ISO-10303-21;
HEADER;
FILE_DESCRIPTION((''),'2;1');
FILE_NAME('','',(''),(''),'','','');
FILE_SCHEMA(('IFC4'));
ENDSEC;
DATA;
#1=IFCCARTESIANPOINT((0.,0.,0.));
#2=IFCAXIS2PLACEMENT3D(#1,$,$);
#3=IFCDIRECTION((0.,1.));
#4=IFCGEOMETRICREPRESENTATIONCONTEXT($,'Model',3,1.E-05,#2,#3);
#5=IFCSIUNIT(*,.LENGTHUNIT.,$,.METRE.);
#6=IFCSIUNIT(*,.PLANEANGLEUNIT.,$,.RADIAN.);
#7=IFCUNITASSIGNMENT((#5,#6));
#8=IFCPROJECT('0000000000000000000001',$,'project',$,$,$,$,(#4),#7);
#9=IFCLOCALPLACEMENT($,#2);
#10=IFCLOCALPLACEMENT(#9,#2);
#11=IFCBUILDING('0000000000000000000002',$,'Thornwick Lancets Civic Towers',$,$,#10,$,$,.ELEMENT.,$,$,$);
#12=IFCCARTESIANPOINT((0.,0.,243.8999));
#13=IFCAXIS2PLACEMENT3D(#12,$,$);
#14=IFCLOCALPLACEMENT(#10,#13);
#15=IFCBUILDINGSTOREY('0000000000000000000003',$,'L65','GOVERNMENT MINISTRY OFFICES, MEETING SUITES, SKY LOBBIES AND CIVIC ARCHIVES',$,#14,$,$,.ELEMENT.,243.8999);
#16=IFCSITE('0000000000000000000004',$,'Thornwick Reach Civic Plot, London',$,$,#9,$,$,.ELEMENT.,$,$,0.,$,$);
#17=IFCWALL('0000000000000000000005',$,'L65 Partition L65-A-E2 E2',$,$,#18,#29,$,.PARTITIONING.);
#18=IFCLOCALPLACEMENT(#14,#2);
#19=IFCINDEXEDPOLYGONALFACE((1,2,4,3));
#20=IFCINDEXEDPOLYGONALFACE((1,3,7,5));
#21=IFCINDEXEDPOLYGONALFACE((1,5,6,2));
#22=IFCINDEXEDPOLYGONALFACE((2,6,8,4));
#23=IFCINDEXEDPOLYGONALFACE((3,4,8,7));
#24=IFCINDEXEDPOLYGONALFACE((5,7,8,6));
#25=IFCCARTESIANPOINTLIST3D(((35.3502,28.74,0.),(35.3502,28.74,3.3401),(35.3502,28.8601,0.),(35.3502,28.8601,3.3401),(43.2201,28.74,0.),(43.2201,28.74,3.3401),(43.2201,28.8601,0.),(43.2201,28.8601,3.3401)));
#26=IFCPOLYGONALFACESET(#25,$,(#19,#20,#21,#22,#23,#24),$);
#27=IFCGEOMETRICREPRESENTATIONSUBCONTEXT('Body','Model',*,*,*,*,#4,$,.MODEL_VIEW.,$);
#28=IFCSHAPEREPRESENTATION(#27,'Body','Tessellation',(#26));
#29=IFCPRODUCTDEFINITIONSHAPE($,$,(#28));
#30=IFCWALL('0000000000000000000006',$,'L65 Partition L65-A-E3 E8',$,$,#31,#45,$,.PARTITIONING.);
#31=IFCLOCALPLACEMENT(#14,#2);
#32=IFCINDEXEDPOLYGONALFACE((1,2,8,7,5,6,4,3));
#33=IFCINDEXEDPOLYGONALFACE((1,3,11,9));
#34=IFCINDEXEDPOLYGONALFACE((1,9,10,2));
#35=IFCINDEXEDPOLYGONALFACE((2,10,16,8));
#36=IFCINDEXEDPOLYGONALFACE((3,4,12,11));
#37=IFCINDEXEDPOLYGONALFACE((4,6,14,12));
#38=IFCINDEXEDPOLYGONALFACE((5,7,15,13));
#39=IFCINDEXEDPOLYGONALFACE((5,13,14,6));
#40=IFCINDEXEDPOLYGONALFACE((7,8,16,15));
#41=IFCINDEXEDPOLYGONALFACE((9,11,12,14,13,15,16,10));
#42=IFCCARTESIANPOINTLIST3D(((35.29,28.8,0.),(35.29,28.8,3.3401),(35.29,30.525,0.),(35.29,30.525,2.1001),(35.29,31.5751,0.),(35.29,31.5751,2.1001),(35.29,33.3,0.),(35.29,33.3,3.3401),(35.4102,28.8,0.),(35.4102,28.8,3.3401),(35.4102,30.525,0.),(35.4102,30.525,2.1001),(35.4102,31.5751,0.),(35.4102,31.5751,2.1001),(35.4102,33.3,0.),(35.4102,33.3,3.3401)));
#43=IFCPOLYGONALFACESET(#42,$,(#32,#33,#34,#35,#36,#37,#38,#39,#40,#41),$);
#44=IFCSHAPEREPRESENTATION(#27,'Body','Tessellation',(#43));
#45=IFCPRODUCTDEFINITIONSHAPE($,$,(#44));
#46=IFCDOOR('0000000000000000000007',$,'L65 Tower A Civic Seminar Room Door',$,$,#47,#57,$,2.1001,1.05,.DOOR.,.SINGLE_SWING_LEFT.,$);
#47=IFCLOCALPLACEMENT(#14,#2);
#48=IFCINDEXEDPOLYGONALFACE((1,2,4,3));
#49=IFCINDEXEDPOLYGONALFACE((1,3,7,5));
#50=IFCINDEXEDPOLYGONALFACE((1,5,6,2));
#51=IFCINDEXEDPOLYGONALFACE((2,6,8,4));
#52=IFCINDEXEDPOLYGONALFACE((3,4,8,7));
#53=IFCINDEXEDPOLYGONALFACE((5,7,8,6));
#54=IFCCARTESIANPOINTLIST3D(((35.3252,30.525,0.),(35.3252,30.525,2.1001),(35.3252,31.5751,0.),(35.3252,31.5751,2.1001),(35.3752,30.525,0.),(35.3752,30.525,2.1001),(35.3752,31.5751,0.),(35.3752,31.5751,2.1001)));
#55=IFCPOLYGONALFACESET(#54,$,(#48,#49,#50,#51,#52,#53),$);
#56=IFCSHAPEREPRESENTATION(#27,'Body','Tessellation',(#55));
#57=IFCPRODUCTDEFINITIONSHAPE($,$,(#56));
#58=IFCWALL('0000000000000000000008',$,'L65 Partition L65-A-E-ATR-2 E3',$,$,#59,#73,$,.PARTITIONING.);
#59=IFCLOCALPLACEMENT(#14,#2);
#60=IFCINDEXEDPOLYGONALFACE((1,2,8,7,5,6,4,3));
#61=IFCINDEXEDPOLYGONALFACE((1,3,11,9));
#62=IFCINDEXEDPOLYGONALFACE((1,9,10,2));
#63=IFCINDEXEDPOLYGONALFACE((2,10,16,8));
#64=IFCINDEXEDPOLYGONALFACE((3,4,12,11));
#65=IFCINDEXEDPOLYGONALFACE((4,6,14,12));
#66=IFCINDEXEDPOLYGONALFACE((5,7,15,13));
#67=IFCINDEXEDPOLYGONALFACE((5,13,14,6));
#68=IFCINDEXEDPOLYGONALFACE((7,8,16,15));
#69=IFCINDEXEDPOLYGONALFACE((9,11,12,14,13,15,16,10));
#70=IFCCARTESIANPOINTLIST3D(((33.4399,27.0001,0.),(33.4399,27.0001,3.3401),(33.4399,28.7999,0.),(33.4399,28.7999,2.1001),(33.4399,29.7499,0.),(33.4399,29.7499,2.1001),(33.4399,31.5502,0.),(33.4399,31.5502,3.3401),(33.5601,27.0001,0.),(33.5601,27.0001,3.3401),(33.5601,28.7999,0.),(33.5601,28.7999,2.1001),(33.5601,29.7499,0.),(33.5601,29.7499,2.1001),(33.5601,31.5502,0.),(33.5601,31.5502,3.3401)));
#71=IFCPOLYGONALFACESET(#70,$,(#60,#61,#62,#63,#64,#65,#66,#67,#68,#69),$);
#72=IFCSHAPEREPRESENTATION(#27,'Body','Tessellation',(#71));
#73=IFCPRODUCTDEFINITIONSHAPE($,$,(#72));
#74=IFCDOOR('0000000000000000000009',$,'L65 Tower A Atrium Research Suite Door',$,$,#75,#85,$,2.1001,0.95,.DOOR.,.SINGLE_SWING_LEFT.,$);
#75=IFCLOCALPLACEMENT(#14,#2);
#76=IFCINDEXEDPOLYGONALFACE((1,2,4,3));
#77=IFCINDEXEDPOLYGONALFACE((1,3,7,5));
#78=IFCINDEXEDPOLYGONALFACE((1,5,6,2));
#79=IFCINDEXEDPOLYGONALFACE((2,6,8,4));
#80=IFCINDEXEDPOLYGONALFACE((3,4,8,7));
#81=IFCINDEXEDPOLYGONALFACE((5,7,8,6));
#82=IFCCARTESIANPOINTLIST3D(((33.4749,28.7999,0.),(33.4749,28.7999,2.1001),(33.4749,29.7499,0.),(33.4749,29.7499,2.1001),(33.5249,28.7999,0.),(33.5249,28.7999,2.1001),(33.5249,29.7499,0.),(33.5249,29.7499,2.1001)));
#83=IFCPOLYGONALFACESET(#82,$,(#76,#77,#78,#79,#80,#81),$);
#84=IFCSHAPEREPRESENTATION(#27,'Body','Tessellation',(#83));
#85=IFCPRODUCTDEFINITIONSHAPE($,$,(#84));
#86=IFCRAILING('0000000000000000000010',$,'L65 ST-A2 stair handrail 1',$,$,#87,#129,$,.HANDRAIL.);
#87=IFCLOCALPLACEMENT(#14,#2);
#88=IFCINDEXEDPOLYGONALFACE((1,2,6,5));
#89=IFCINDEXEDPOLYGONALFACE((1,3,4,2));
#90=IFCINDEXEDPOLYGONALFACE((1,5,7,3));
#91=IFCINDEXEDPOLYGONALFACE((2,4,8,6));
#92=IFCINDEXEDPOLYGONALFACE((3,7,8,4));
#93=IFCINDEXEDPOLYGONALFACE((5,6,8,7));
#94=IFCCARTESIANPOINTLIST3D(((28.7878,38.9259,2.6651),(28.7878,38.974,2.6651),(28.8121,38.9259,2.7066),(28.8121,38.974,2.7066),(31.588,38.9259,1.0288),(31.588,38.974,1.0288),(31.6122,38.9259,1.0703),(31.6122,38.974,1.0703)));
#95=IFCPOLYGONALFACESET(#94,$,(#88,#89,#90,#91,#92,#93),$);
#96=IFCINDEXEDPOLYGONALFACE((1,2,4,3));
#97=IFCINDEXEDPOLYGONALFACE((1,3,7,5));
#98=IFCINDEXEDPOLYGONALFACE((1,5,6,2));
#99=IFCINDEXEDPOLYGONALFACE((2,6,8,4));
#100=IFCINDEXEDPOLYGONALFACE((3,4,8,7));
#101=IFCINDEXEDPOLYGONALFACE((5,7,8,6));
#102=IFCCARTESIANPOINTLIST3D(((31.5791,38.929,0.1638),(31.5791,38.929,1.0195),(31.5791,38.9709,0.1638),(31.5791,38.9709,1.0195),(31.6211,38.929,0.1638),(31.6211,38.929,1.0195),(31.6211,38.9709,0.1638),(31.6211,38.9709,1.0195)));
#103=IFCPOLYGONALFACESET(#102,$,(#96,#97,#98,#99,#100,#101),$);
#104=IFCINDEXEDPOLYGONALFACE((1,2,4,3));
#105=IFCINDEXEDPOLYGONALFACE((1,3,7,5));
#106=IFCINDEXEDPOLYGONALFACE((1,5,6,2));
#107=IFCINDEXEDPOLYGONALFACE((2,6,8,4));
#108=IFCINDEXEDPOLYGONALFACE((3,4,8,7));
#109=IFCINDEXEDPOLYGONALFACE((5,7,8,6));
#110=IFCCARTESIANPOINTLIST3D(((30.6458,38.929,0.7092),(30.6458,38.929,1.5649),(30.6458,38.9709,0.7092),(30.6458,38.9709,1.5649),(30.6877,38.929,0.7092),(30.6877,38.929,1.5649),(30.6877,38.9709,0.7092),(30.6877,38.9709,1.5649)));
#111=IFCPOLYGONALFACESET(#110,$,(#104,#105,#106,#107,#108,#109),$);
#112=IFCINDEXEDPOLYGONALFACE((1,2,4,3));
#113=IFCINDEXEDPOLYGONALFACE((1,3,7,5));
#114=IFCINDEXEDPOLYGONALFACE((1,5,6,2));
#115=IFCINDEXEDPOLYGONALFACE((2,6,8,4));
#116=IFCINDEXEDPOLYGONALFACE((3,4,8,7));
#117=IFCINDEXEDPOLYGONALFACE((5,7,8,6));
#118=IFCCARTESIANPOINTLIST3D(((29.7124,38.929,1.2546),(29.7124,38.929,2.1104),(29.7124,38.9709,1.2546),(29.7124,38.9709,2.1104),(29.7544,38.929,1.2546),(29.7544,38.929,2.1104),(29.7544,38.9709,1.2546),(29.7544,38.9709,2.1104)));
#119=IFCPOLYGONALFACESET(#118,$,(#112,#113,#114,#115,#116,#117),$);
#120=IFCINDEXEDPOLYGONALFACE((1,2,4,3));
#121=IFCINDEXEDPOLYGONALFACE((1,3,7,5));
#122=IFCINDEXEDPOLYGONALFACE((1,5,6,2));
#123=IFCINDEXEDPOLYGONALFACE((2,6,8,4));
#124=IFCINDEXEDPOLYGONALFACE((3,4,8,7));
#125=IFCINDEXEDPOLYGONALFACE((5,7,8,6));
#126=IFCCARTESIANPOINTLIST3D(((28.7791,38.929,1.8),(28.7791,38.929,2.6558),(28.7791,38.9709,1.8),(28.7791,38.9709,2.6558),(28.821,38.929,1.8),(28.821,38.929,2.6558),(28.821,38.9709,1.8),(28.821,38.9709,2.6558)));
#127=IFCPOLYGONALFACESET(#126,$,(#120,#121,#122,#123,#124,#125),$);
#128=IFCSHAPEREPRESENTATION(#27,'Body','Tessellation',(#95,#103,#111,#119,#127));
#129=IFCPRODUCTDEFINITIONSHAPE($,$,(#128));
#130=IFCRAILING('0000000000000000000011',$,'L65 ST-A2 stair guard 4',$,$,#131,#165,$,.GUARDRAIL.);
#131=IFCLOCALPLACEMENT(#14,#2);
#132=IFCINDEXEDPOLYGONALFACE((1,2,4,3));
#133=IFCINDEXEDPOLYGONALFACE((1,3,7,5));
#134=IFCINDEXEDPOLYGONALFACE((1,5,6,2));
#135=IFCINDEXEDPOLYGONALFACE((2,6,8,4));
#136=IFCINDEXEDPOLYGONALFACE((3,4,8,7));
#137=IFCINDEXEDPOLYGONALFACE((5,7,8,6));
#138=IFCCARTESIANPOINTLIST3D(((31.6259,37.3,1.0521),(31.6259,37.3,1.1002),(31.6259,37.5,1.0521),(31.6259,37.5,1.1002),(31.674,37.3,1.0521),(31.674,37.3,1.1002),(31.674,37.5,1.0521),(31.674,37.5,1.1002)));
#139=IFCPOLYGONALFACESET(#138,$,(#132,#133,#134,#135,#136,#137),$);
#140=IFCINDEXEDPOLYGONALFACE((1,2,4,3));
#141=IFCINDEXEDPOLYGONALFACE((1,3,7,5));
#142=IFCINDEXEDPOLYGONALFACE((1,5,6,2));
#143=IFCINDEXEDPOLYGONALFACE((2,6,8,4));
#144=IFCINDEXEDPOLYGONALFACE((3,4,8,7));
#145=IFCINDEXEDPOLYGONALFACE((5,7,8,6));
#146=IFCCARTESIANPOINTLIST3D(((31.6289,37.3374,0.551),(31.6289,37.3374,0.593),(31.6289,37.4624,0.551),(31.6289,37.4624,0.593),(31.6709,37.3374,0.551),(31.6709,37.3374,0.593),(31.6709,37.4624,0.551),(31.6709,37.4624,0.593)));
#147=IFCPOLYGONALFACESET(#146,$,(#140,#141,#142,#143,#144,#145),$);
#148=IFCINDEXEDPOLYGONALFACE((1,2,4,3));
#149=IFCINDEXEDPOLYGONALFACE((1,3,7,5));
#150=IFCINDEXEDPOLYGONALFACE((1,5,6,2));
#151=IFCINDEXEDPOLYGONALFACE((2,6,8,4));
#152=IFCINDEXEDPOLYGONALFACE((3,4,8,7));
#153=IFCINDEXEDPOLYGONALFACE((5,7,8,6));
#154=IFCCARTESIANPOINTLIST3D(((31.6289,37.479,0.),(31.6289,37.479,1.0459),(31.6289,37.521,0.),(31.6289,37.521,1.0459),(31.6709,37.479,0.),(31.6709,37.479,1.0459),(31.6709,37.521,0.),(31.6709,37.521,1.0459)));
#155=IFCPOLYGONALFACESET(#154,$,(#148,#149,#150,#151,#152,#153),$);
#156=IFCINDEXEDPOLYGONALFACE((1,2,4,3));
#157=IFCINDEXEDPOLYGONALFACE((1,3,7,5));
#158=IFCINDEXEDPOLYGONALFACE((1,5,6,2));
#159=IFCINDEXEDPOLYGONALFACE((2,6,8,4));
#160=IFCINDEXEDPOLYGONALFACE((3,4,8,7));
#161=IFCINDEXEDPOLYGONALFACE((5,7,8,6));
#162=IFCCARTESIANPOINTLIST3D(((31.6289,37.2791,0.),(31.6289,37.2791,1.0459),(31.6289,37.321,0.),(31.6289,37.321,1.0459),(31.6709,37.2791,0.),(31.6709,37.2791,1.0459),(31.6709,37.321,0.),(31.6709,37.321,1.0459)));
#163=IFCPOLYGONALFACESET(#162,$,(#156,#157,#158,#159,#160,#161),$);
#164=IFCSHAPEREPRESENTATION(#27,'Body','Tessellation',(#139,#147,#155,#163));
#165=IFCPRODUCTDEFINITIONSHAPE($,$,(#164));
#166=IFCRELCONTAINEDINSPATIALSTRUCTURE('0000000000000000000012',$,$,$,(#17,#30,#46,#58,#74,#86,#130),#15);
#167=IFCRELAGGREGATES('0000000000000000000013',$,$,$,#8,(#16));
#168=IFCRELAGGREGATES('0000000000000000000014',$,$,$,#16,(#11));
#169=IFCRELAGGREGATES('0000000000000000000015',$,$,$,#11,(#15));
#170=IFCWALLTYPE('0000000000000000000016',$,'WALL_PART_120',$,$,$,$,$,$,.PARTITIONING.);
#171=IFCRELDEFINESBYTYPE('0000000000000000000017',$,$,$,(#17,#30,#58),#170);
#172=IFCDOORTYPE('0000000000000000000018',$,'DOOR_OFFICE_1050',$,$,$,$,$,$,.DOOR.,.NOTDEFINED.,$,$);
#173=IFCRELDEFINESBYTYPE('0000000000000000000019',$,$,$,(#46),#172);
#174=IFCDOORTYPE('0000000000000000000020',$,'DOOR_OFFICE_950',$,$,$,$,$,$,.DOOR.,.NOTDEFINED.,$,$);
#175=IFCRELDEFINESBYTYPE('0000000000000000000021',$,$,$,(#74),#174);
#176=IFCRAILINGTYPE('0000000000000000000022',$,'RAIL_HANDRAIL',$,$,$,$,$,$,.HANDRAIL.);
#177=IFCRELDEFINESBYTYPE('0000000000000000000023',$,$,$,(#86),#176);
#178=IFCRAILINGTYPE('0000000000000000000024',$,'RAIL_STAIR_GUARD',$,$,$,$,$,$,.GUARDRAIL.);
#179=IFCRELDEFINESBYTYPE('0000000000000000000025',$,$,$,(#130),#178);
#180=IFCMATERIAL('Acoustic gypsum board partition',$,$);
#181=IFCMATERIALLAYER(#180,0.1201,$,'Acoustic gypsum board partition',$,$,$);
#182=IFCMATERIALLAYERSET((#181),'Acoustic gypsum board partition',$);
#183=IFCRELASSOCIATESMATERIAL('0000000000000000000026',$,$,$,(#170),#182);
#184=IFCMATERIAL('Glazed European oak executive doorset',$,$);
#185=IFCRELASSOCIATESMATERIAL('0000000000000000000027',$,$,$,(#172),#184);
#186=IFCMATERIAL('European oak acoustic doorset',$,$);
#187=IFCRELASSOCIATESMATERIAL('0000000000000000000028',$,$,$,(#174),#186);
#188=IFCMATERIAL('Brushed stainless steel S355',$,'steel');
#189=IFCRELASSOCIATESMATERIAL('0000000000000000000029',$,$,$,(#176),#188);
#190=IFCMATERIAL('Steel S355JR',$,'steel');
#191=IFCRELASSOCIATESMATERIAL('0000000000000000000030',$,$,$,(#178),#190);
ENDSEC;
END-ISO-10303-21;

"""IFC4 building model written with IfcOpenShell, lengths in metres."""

from ifc_helpers import new_model, si_unit, direction, frame, frame_2d, origin, origin_2d, place, context, subcontext, project, spatial, rectangle, extrude, material, layer, layer_set, type_object, element, fill, save


model = new_model("IFC4")

# Units and contexts
model_context = context("Model", 3, precision=1e-05, world=origin(), true_north=direction((0.0, 1.0)))
body_context = subcontext(model_context, "Body", "Model", "MODEL_VIEW")
ifc_project = project(units=[si_unit("LENGTHUNIT", "METRE"), si_unit("PLANEANGLEUNIT", "RADIAN")], contexts=[model_context])

# Site, building, storey
site_placement = place(None, origin())
site = spatial("IfcSite", under=ifc_project, at=site_placement, Name="Thornwick Reach Civic Plot, London", CompositionType="ELEMENT", RefElevation=0.0)
building_placement = place(site_placement, origin())
building = spatial("IfcBuilding", under=site, at=building_placement, Name="Thornwick Lancets Civic Towers", CompositionType="ELEMENT")
storey_placement = place(building_placement, frame((0.0, 0.0, 243.8999)))
storey = spatial("IfcBuildingStorey", under=building, at=storey_placement, Name="L65", Description="GOVERNMENT MINISTRY OFFICES, MEETING SUITES, SKY LOBBIES AND CIVIC ARCHIVES", CompositionType="ELEMENT", Elevation=243.8999)

# Shared definitions
ifc_material_1 = material(Name="Steel S355JR", Category="steel")

# Wall
ifc_material_2 = material(Name="Acoustic gypsum board partition")
ifc_layer_1 = layer(ifc_material_2, 0.1201, Name="Acoustic gypsum board partition")
ifc_layer_set_1 = layer_set([ifc_layer_1], Name="Acoustic gypsum board partition")
wall_type_1 = type_object("IfcWallType", Name="WALL_PART_120", PredefinedType="PARTITIONING", material=ifc_layer_set_1)
wall_1_placement = place(storey_placement, frame((35.3501, 28.8, 0.0), z_axis=(0.0, 0.0, 1.0), x_axis=(1.0, 0.0, 0.0)))
element("IfcWall", 1, at=wall_1_placement, inside=storey, type_object=wall_type_1, Name="L65 Partition L65-A-E2 E2", PredefinedType="PARTITIONING", context=body_context, shape_type="SweptSolid", body=[
    extrude(rectangle(XDim=7.8699, YDim=0.1201, at=frame_2d((3.9351, 0.0))), origin(), (0.0, 0.0, 1.0), 3.3401),
])

# Walls, openings, doors
wall_2_placement = place(storey_placement, frame((35.3501, 28.8, 0.0), z_axis=(0.0, 0.0, 1.0), x_axis=(0.0, 1.0, 0.0)))
wall_2 = element("IfcWall", 2, at=wall_2_placement, inside=storey, type_object=wall_type_1, Name="L65 Partition L65-A-E3 E8", PredefinedType="PARTITIONING", context=body_context, shape_type="SweptSolid", body=[
    extrude(rectangle(XDim=4.5, YDim=0.1201, at=frame_2d((2.25, 0.0))), origin(), (0.0, 0.0, 1.0), 3.3401),
])
opening_1_placement = place(wall_2_placement, frame((1.7251, 0.0, 0.0)))
opening_1 = element("IfcOpeningElement", 3, at=opening_1_placement, cuts=wall_2, PredefinedType="OPENING", context=body_context, shape_type="SweptSolid", body=[
    extrude(rectangle(XDim=1.05, YDim=2.1001, at=frame_2d((0.5249, 1.05))), frame((0.0, 0.0701, 0.0), z_axis=(0.0, -1.0, 0.0), x_axis=(1.0, 0.0, 0.0)), (0.0, 0.0, 1.0), 0.1401),
])
ifc_material_3 = material(Name="Glazed European oak executive doorset")
door_type_1 = type_object("IfcDoorType", Name="DOOR_OFFICE_1050", OperationType="NOTDEFINED", PredefinedType="DOOR", material=ifc_material_3)
door_1_placement = place(opening_1_placement, origin())
door_1 = element("IfcDoor", 4, at=door_1_placement, inside=storey, type_object=door_type_1, Name="L65 Tower A Civic Seminar Room Door", OperationType="SINGLE_SWING_LEFT", OverallHeight=2.1001, OverallWidth=1.05, PredefinedType="DOOR", context=body_context, shape_type="SweptSolid", body=[
    extrude(rectangle(XDim=1.05, YDim=2.1001, at=frame_2d((0.5249, 1.05))), frame((0.0, 0.0249, 0.0), z_axis=(0.0, -1.0, 0.0), x_axis=(1.0, 0.0, 0.0)), (0.0, 0.0, 1.0), 0.05),
])
fill(opening_1, door_1)
wall_3_placement = place(storey_placement, frame((33.5, 31.55, 0.0), z_axis=(0.0, 0.0, 1.0), x_axis=(0.0, -1.0, 0.0)))
wall_3 = element("IfcWall", 5, at=wall_3_placement, inside=storey, type_object=wall_type_1, Name="L65 Partition L65-A-E-ATR-2 E3", PredefinedType="PARTITIONING", context=body_context, shape_type="SweptSolid", body=[
    extrude(rectangle(XDim=4.55, YDim=0.1201, at=frame_2d((2.2749, 0.0))), origin(), (0.0, 0.0, 1.0), 3.3401),
])
opening_2_placement = place(wall_3_placement, frame((1.8, 0.0, 0.0)))
opening_2 = element("IfcOpeningElement", 6, at=opening_2_placement, cuts=wall_3, PredefinedType="OPENING", context=body_context, shape_type="SweptSolid", body=[
    extrude(rectangle(XDim=0.95, YDim=2.1001, at=frame_2d((0.4751, 1.05))), frame((0.0, 0.0701, 0.0), z_axis=(0.0, -1.0, 0.0), x_axis=(1.0, 0.0, 0.0)), (0.0, 0.0, 1.0), 0.1401),
])
ifc_material_4 = material(Name="European oak acoustic doorset")
door_type_2 = type_object("IfcDoorType", Name="DOOR_OFFICE_950", OperationType="NOTDEFINED", PredefinedType="DOOR", material=ifc_material_4)
door_2_placement = place(opening_2_placement, origin())
door_2 = element("IfcDoor", 7, at=door_2_placement, inside=storey, type_object=door_type_2, Name="L65 Tower A Atrium Research Suite Door", OperationType="SINGLE_SWING_LEFT", OverallHeight=2.1001, OverallWidth=0.95, PredefinedType="DOOR", context=body_context, shape_type="SweptSolid", body=[
    extrude(rectangle(XDim=0.95, YDim=2.1001, at=frame_2d((0.4751, 1.05))), frame((0.0, 0.0249, 0.0), z_axis=(0.0, -1.0, 0.0), x_axis=(1.0, 0.0, 0.0)), (0.0, 0.0, 1.0), 0.05),
])
fill(opening_2, door_2)

# Railings
ifc_material_5 = material(Name="Brushed stainless steel S355", Category="steel")
railing_type_1 = type_object("IfcRailingType", Name="RAIL_HANDRAIL", PredefinedType="HANDRAIL", material=ifc_material_5)
railing_1_placement = place(storey_placement, frame((31.6001, 38.95, 0.1638)))
element("IfcRailing", 8, at=railing_1_placement, inside=storey, type_object=railing_type_1, Name="L65 ST-A2 stair handrail 1", PredefinedType="HANDRAIL", context=body_context, shape_type="SweptSolid", body=[
    extrude(rectangle(XDim=0.0481, YDim=0.0481, at=origin_2d()), frame((0.0, 0.0, 0.8857), z_axis=(-0.863394, 0.0, 0.504531), x_axis=(0.0, -1.0, 0.0)), (0.0, 0.0, 1.0), 3.2432),
    extrude(rectangle(XDim=0.042, YDim=0.042, at=origin_2d()), origin(), (0.0, 0.0, 1.0), 0.8557),
    extrude(rectangle(XDim=0.042, YDim=0.042, at=origin_2d()), frame((-0.9333, 0.0, 0.5454)), (0.0, 0.0, 1.0), 0.8557),
    extrude(rectangle(XDim=0.042, YDim=0.042, at=origin_2d()), frame((-1.8667, 0.0, 1.0908)), (0.0, 0.0, 1.0), 0.8557),
    extrude(rectangle(XDim=0.042, YDim=0.042, at=origin_2d()), frame((-2.8, 0.0, 1.6362)), (0.0, 0.0, 1.0), 0.8557),
])
railing_type_2 = type_object("IfcRailingType", Name="RAIL_STAIR_GUARD", PredefinedType="GUARDRAIL", material=ifc_material_1)
railing_2_placement = place(storey_placement, frame((31.6499, 37.5, 0.0)))
element("IfcRailing", 9, at=railing_2_placement, inside=storey, type_object=railing_type_2, Name="L65 ST-A2 stair guard 4", PredefinedType="GUARDRAIL", context=body_context, shape_type="SweptSolid", body=[
    extrude(rectangle(XDim=0.0481, YDim=0.0481, at=origin_2d()), frame((0.0, 0.0, 1.0762), z_axis=(0.0, -1.0, 0.0), x_axis=(1.0, 0.0, 0.0)), (0.0, 0.0, 1.0), 0.2),
    extrude(rectangle(XDim=0.042, YDim=0.042, at=origin_2d()), frame((0.0, -0.0376, 0.572), z_axis=(0.0, -1.0, 0.0), x_axis=(1.0, 0.0, 0.0)), (0.0, 0.0, 1.0), 0.125),
    extrude(rectangle(XDim=0.042, YDim=0.042, at=origin_2d()), origin(), (0.0, 0.0, 1.0), 1.0459),
    extrude(rectangle(XDim=0.042, YDim=0.042, at=origin_2d()), frame((0.0, -0.2, 0.0)), (0.0, 0.0, 1.0), 1.0459),
])

save(model, "model.ifc")
